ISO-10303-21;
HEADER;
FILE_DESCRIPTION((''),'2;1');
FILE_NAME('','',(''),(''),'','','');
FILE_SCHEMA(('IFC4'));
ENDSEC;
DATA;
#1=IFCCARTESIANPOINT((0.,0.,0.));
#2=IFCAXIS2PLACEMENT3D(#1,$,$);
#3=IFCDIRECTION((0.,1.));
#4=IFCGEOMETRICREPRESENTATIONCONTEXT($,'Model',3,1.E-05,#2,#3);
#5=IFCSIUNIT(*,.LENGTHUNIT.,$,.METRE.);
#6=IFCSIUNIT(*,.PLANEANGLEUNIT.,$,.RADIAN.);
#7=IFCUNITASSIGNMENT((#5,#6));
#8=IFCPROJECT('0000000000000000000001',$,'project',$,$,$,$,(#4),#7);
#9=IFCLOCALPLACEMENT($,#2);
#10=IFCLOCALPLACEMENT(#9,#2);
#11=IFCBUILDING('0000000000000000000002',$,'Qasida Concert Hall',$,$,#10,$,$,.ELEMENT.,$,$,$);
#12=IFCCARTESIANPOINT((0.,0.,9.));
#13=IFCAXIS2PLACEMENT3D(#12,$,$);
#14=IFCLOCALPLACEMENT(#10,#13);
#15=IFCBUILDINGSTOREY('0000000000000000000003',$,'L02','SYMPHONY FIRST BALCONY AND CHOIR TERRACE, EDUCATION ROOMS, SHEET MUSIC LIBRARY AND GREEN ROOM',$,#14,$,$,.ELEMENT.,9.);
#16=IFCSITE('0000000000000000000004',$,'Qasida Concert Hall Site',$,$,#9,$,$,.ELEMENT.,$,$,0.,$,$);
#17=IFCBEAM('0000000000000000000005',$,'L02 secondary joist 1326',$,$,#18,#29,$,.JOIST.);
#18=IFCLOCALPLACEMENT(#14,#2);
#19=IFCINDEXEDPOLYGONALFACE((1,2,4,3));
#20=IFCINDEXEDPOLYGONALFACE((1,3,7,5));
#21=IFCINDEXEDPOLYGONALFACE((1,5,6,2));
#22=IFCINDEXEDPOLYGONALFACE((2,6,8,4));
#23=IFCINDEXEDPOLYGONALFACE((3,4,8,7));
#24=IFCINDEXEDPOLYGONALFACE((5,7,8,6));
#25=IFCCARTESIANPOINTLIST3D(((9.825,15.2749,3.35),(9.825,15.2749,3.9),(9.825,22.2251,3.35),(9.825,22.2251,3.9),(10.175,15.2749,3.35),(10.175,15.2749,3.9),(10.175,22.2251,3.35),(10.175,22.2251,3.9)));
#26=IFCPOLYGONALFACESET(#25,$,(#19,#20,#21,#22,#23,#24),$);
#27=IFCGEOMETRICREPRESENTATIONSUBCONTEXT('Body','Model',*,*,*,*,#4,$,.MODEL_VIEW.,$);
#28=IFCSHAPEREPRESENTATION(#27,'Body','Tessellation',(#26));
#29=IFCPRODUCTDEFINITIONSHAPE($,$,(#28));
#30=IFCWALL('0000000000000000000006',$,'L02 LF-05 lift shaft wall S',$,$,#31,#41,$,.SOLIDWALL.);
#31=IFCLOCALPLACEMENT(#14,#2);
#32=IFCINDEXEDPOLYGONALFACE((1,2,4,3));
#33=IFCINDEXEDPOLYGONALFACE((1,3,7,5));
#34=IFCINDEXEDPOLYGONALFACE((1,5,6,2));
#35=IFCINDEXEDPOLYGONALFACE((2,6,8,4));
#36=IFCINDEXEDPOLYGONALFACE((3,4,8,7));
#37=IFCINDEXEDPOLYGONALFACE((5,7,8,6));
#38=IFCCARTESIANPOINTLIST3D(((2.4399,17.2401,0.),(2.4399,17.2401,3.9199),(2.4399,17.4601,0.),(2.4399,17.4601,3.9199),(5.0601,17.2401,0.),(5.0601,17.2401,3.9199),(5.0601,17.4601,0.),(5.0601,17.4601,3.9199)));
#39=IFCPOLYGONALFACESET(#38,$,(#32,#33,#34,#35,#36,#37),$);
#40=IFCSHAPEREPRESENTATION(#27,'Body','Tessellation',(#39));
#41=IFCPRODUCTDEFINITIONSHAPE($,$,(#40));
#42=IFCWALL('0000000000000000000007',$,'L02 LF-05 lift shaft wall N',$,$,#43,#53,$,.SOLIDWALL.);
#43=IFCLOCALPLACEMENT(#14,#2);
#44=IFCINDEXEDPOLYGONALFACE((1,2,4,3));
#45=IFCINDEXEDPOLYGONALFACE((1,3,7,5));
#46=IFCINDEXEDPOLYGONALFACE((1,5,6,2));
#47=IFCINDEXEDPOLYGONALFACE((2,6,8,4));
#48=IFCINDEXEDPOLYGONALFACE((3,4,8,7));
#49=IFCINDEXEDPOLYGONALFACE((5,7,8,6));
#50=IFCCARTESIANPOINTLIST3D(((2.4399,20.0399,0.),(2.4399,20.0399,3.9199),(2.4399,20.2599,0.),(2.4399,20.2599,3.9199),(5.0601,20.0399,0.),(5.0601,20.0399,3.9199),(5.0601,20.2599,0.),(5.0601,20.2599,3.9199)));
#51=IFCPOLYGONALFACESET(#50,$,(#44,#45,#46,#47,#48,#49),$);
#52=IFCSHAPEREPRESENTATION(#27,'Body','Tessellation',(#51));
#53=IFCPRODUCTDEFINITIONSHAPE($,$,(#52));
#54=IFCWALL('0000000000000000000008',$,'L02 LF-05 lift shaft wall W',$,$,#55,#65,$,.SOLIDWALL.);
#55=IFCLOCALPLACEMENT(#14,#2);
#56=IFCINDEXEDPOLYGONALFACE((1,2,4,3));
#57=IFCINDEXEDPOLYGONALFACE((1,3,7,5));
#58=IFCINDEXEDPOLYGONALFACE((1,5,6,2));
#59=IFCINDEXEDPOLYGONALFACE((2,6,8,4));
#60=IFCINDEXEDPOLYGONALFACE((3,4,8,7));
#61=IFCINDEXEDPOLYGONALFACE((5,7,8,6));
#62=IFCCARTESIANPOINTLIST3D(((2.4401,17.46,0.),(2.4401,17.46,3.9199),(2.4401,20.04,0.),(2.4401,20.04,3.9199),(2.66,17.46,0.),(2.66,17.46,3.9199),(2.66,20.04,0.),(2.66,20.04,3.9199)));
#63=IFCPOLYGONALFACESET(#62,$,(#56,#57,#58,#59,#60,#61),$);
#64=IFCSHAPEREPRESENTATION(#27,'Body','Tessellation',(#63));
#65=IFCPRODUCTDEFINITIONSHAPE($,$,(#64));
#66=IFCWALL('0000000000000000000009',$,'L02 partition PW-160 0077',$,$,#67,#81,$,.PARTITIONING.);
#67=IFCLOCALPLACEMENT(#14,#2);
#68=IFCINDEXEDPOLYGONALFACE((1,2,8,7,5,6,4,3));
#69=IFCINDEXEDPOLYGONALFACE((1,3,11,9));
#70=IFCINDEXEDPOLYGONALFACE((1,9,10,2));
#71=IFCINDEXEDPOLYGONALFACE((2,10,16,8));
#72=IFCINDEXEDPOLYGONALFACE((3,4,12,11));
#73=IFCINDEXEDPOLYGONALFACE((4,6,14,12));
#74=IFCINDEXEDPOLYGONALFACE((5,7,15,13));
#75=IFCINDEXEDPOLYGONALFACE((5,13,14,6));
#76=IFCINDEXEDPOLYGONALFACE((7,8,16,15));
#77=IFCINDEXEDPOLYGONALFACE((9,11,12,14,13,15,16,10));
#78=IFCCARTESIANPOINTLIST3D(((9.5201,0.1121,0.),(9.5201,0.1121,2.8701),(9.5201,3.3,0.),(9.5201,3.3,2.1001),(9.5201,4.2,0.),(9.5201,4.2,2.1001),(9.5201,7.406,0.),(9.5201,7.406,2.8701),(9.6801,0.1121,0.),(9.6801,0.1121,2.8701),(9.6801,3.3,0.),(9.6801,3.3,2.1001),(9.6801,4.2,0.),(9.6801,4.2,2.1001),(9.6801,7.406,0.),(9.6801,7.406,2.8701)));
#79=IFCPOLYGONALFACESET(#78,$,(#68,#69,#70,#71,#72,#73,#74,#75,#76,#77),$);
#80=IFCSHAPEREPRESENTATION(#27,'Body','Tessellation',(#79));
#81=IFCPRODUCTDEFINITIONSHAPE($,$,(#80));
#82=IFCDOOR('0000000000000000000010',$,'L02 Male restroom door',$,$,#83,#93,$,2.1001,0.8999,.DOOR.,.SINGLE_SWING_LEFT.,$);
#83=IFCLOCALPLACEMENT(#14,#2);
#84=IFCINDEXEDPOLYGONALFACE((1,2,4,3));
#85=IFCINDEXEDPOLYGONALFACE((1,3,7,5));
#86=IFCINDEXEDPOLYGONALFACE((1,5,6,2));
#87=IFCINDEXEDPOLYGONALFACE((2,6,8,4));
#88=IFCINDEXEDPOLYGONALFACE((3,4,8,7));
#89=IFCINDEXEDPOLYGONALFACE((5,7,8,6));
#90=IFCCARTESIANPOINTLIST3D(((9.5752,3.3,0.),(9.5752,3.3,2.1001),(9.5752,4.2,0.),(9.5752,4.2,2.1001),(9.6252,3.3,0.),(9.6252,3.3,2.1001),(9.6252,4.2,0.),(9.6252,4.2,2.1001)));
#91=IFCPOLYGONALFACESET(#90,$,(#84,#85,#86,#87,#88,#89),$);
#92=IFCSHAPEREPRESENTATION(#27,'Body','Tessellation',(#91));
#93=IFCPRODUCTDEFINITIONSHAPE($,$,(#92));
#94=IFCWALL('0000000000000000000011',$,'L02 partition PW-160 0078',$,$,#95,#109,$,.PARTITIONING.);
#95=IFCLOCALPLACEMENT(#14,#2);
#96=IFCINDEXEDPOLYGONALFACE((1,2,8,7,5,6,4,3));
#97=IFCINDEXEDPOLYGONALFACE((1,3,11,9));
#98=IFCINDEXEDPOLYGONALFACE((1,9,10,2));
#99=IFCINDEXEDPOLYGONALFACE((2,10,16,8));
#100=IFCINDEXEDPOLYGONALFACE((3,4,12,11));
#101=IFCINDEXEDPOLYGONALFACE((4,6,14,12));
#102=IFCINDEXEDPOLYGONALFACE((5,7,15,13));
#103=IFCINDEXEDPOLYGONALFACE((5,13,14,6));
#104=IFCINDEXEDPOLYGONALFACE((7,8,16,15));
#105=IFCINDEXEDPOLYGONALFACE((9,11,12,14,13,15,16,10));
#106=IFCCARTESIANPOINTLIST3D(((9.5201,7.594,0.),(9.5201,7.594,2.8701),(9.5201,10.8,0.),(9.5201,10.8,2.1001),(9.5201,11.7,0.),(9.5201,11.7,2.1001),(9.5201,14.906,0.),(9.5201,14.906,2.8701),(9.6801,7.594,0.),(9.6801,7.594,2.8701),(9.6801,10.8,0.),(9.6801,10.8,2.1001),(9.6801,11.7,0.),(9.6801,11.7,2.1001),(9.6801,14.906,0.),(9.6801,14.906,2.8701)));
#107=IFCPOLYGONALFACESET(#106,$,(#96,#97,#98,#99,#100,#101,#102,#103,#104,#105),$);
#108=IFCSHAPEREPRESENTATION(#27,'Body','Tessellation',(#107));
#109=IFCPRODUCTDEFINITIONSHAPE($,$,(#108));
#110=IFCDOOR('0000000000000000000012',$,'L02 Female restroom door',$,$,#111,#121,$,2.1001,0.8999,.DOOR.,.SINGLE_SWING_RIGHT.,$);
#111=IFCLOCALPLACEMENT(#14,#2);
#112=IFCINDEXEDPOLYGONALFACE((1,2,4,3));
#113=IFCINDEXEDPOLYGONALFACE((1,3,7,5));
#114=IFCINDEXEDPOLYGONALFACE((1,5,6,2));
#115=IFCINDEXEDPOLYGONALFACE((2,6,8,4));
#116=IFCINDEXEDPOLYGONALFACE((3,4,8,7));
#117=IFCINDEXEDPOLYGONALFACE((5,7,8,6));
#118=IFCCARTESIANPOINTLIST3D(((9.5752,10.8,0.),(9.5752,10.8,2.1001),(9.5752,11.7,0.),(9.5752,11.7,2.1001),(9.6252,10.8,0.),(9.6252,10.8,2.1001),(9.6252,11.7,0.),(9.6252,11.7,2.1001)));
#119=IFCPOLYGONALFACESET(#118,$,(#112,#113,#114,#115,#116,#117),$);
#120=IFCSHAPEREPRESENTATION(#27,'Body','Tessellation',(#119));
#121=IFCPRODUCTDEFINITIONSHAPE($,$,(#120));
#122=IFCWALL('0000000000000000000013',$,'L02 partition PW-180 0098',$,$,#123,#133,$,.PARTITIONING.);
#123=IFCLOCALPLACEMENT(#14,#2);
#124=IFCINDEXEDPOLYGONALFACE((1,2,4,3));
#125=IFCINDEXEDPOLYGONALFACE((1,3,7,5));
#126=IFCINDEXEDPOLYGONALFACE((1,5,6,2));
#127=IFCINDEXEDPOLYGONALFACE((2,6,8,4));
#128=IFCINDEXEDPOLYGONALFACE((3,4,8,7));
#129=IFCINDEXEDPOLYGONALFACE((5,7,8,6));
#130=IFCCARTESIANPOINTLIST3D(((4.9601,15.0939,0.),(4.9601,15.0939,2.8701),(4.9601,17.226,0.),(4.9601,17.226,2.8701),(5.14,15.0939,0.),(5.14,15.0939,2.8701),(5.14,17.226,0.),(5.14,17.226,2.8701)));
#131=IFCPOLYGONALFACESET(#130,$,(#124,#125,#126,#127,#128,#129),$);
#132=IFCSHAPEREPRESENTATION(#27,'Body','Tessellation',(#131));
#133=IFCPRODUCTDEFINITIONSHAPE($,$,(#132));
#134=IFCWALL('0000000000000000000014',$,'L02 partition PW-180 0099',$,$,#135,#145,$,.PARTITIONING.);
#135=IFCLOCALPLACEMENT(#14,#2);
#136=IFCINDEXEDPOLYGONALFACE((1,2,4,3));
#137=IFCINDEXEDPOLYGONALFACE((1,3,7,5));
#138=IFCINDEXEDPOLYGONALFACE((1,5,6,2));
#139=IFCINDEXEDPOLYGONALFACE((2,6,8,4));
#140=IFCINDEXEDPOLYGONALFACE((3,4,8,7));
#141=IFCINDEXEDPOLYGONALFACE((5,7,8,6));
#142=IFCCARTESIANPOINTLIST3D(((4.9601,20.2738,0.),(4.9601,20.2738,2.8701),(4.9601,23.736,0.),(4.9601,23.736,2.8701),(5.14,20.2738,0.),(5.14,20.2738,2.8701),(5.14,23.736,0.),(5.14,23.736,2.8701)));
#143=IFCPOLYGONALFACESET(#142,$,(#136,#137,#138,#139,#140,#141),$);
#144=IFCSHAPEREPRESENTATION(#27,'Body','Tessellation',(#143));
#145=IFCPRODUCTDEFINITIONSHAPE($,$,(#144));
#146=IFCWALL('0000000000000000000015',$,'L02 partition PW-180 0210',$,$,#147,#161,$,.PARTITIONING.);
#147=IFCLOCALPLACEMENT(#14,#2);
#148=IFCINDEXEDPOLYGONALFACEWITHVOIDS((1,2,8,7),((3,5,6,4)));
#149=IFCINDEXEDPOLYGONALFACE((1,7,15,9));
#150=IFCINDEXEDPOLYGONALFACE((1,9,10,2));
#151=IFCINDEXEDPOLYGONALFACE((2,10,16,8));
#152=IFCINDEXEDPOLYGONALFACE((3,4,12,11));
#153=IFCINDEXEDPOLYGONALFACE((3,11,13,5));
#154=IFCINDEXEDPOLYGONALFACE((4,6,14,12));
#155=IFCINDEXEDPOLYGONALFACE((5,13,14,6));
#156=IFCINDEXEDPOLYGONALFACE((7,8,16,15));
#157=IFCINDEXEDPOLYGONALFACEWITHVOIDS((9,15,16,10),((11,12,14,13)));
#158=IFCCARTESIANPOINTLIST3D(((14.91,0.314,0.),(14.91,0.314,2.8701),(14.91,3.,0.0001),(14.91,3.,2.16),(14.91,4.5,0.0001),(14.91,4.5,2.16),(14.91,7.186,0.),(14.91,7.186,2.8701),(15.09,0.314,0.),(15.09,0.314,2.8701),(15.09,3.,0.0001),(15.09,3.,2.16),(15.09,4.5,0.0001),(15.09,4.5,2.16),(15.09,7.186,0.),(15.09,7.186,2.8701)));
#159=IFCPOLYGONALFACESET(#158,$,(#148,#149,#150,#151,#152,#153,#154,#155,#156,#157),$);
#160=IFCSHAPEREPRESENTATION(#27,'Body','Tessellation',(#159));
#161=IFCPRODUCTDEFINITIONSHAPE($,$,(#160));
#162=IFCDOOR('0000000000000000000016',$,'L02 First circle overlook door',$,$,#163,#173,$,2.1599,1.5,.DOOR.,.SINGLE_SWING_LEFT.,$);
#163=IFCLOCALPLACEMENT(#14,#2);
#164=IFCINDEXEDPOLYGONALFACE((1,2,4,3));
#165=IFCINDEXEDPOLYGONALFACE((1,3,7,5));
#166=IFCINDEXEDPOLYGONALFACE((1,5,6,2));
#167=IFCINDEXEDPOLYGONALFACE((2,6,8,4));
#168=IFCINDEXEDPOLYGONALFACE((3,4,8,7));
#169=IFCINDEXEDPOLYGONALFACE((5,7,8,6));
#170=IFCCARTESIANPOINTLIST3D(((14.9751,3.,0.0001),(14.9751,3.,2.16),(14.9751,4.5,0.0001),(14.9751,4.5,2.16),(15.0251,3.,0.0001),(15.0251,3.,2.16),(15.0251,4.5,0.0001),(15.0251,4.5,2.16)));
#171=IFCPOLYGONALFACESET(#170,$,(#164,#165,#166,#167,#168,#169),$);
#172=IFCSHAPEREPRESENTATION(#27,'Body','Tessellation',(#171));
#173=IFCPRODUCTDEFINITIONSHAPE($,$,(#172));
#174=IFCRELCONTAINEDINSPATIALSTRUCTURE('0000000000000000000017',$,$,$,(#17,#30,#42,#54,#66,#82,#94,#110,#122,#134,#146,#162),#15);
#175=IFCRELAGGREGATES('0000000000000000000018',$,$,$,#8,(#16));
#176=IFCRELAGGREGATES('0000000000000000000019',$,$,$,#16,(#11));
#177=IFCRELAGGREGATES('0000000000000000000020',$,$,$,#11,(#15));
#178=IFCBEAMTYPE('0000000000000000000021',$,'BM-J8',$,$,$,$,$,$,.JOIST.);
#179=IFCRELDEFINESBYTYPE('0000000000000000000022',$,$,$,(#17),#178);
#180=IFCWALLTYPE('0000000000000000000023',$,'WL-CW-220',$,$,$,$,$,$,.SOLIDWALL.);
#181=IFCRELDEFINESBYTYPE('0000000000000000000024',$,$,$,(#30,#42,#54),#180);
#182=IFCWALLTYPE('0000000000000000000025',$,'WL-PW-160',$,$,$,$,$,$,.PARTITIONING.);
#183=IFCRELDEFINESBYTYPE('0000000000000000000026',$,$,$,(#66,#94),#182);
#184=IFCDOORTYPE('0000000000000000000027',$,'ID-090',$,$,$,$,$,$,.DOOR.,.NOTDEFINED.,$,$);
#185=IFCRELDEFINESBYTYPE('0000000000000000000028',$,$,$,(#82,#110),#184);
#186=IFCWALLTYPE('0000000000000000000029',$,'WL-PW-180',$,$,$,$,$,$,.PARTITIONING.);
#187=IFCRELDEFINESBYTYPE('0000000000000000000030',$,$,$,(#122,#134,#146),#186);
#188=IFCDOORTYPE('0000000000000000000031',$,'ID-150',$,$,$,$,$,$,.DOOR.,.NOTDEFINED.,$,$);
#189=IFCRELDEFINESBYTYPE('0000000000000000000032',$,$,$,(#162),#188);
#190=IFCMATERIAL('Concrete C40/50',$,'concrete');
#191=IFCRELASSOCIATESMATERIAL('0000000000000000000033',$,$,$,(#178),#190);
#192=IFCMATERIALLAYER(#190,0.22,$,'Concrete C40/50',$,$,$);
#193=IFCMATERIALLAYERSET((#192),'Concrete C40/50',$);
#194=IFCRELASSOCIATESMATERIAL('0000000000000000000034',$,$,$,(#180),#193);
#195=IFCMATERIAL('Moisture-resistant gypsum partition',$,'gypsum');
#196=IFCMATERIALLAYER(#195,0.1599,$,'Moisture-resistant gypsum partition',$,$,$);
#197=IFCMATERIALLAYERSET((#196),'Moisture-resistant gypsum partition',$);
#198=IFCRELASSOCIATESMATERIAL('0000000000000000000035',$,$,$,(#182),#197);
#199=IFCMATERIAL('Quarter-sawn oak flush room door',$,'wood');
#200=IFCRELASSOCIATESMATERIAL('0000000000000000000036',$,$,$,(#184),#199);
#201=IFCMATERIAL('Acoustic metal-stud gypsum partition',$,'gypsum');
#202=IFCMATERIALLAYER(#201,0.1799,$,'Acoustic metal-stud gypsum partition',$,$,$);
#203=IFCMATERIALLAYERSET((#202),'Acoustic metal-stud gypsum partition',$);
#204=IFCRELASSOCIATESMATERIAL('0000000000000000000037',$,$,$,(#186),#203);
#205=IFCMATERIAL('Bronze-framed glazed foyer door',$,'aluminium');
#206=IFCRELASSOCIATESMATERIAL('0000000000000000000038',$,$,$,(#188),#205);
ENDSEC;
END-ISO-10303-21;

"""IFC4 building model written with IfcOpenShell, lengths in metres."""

from ifc_helpers import new_model, si_unit, direction, frame, frame_2d, origin, origin_2d, place, context, subcontext, project, spatial, rectangle, extrude, material, layer, layer_set, material_profile, profile_set, type_object, element, fill, save


model = new_model("IFC4")

# Units and contexts
model_context = context("Model", 3, precision=1e-05, world=origin(), true_north=direction((0.0, 1.0)))
body_context = subcontext(model_context, "Body", "Model", "MODEL_VIEW")
ifc_project = project(units=[si_unit("LENGTHUNIT", "METRE"), si_unit("PLANEANGLEUNIT", "RADIAN")], contexts=[model_context])

# Site, building, storey
site_placement = place(None, origin())
site = spatial("IfcSite", under=ifc_project, at=site_placement, Name="Qasida Concert Hall Site", CompositionType="ELEMENT", RefElevation=0.0)
building_placement = place(site_placement, origin())
building = spatial("IfcBuilding", under=site, at=building_placement, Name="Qasida Concert Hall", CompositionType="ELEMENT")
storey_placement = place(building_placement, frame((0.0, 0.0, 9.0)))
storey = spatial("IfcBuildingStorey", under=building, at=storey_placement, Name="L02", Description="SYMPHONY FIRST BALCONY AND CHOIR TERRACE, EDUCATION ROOMS, SHEET MUSIC LIBRARY AND GREEN ROOM", CompositionType="ELEMENT", Elevation=9.0)

# Beam
ifc_material_1 = material(Name="Concrete C40/50", Category="concrete")
ifc_material_profile_1 = material_profile(ifc_material_1, rectangle(XDim=0.3501, YDim=0.55, at=origin_2d()), Name="RC 350x550")
ifc_profile_set_1 = profile_set([ifc_material_profile_1], Name="Concrete C40/50")
beam_type_1 = type_object("IfcBeamType", Name="BM-J8", PredefinedType="JOIST", material=ifc_profile_set_1)
beam_1_placement = place(storey_placement, frame((10.0, 15.2749, 3.625), z_axis=(0.0, 1.0, 0.0), x_axis=(-1.0, 0.0, 0.0)))
element("IfcBeam", 1, at=beam_1_placement, inside=storey, type_object=beam_type_1, Name="L02 secondary joist 1326", PredefinedType="JOIST", context=body_context, shape_type="SweptSolid", body=[
    extrude(rectangle(XDim=0.3501, YDim=0.55, at=origin_2d()), origin(), (0.0, 0.0, 1.0), 6.9502),
])

# Walls
ifc_layer_1 = layer(ifc_material_1, 0.22, Name="Concrete C40/50")
ifc_layer_set_1 = layer_set([ifc_layer_1], Name="Concrete C40/50")
wall_type_1 = type_object("IfcWallType", Name="WL-CW-220", PredefinedType="SOLIDWALL", material=ifc_layer_set_1)
for number, where, z_axis, x_axis, name in (
    (2, (2.4399, 17.3501, 0.0), (0.0, 0.0, 1.0), (1.0, 0.0, 0.0), "L02 LF-05 lift shaft wall S"),
    (3, (2.4399, 20.1499, 0.0), (0.0, 0.0, 1.0), (1.0, 0.0, 0.0), "L02 LF-05 lift shaft wall N"),
):
    element("IfcWall", number, at=place(storey_placement, frame(where, z_axis=z_axis, x_axis=x_axis)), inside=storey, type_object=wall_type_1, Name=name, PredefinedType="SOLIDWALL", context=body_context, shape_type="SweptSolid", body=[
        extrude(rectangle(XDim=2.6201, YDim=0.22, at=frame_2d((1.3101, 0.0))), origin(), (0.0, 0.0, 1.0), 3.9199),
    ])
wall_1_placement = place(storey_placement, frame((2.55, 17.46, 0.0), z_axis=(0.0, 0.0, 1.0), x_axis=(0.0, 1.0, 0.0)))
element("IfcWall", 4, at=wall_1_placement, inside=storey, type_object=wall_type_1, Name="L02 LF-05 lift shaft wall W", PredefinedType="SOLIDWALL", context=body_context, shape_type="SweptSolid", body=[
    extrude(rectangle(XDim=2.5801, YDim=0.22, at=frame_2d((1.29, 0.0))), origin(), (0.0, 0.0, 1.0), 3.9199),
])

# Walls, openings, doors
ifc_material_2 = material(Name="Moisture-resistant gypsum partition", Category="gypsum")
ifc_layer_2 = layer(ifc_material_2, 0.1599, Name="Moisture-resistant gypsum partition")
ifc_layer_set_2 = layer_set([ifc_layer_2], Name="Moisture-resistant gypsum partition")
wall_type_2 = type_object("IfcWallType", Name="WL-PW-160", PredefinedType="PARTITIONING", material=ifc_layer_set_2)
wall_2_placement = place(storey_placement, frame((9.6001, 0.1121, 0.0), z_axis=(0.0, 0.0, 1.0), x_axis=(0.0, 1.0, 0.0)))
wall_2 = element("IfcWall", 5, at=wall_2_placement, inside=storey, type_object=wall_type_2, Name="L02 partition PW-160 0077", PredefinedType="PARTITIONING", context=body_context, shape_type="SweptSolid", body=[
    extrude(rectangle(XDim=7.2939, YDim=0.1599, at=frame_2d((3.647, 0.0))), origin(), (0.0, 0.0, 1.0), 2.8701),
])
opening_1_placement = place(wall_2_placement, frame((3.188, 0.0, 0.0)))
opening_1 = element("IfcOpeningElement", 6, at=opening_1_placement, cuts=wall_2, PredefinedType="OPENING", context=body_context, shape_type="SweptSolid", body=[
    extrude(rectangle(XDim=0.8999, YDim=2.1001, at=frame_2d((0.45, 1.05))), frame((0.0, 0.0898, 0.0), z_axis=(0.0, -1.0, 0.0), x_axis=(1.0, 0.0, 0.0)), (0.0, 0.0, 1.0), 0.1799),
])
ifc_material_3 = material(Name="Quarter-sawn oak flush room door", Category="wood")
door_type_1 = type_object("IfcDoorType", Name="ID-090", OperationType="NOTDEFINED", PredefinedType="DOOR", material=ifc_material_3)
door_1_placement = place(opening_1_placement, origin())
door_1 = element("IfcDoor", 7, at=door_1_placement, inside=storey, type_object=door_type_1, Name="L02 Male restroom door", OperationType="SINGLE_SWING_LEFT", OverallHeight=2.1001, OverallWidth=0.8999, PredefinedType="DOOR", context=body_context, shape_type="SweptSolid", body=[
    extrude(rectangle(XDim=0.8999, YDim=2.1001, at=frame_2d((0.45, 1.05))), frame((0.0, 0.0249, 0.0), z_axis=(0.0, -1.0, 0.0), x_axis=(1.0, 0.0, 0.0)), (0.0, 0.0, 1.0), 0.05),
])
fill(opening_1, door_1)
wall_3_placement = place(storey_placement, frame((9.6001, 7.594, 0.0), z_axis=(0.0, 0.0, 1.0), x_axis=(0.0, 1.0, 0.0)))
wall_3 = element("IfcWall", 8, at=wall_3_placement, inside=storey, type_object=wall_type_2, Name="L02 partition PW-160 0078", PredefinedType="PARTITIONING", context=body_context, shape_type="SweptSolid", body=[
    extrude(rectangle(XDim=7.312, YDim=0.1599, at=frame_2d((3.656, 0.0))), origin(), (0.0, 0.0, 1.0), 2.8701),
])
opening_2_placement = place(wall_3_placement, frame((3.2061, 0.0, 0.0)))
opening_2 = element("IfcOpeningElement", 9, at=opening_2_placement, cuts=wall_3, PredefinedType="OPENING", context=body_context, shape_type="SweptSolid", body=[
    extrude(rectangle(XDim=0.8999, YDim=2.1001, at=frame_2d((0.45, 1.05))), frame((0.0, 0.0898, 0.0), z_axis=(0.0, -1.0, 0.0), x_axis=(1.0, 0.0, 0.0)), (0.0, 0.0, 1.0), 0.1799),
])
door_2_placement = place(opening_2_placement, origin())
door_2 = element("IfcDoor", 10, at=door_2_placement, inside=storey, type_object=door_type_1, Name="L02 Female restroom door", OperationType="SINGLE_SWING_RIGHT", OverallHeight=2.1001, OverallWidth=0.8999, PredefinedType="DOOR", context=body_context, shape_type="SweptSolid", body=[
    extrude(rectangle(XDim=0.8999, YDim=2.1001, at=frame_2d((0.45, 1.05))), frame((0.0, 0.0249, 0.0), z_axis=(0.0, -1.0, 0.0), x_axis=(1.0, 0.0, 0.0)), (0.0, 0.0, 1.0), 0.05),
])
fill(opening_2, door_2)

# Walls
ifc_material_4 = material(Name="Acoustic metal-stud gypsum partition", Category="gypsum")
ifc_layer_3 = layer(ifc_material_4, 0.1799, Name="Acoustic metal-stud gypsum partition")
ifc_layer_set_3 = layer_set([ifc_layer_3], Name="Acoustic metal-stud gypsum partition")
wall_type_3 = type_object("IfcWallType", Name="WL-PW-180", PredefinedType="PARTITIONING", material=ifc_layer_set_3)
wall_4_placement = place(storey_placement, frame((5.05, 15.094, 0.0), z_axis=(0.0, 0.0, 1.0), x_axis=(0.0, 1.0, 0.0)))
element("IfcWall", 11, at=wall_4_placement, inside=storey, type_object=wall_type_3, Name="L02 partition PW-180 0098", PredefinedType="PARTITIONING", context=body_context, shape_type="SweptSolid", body=[
    extrude(rectangle(XDim=2.1321, YDim=0.1799, at=frame_2d((1.0659, 0.0))), origin(), (0.0, 0.0, 1.0), 2.8701),
])
wall_5_placement = place(storey_placement, frame((5.05, 20.2739, 0.0), z_axis=(0.0, 0.0, 1.0), x_axis=(0.0, 1.0, 0.0)))
element("IfcWall", 12, at=wall_5_placement, inside=storey, type_object=wall_type_3, Name="L02 partition PW-180 0099", PredefinedType="PARTITIONING", context=body_context, shape_type="SweptSolid", body=[
    extrude(rectangle(XDim=3.4622, YDim=0.1799, at=frame_2d((1.731, 0.0))), origin(), (0.0, 0.0, 1.0), 2.8701),
])

# Wall, opening, door
wall_6_placement = place(storey_placement, frame((15.0, 0.314, 0.0), z_axis=(0.0, 0.0, 1.0), x_axis=(0.0, 1.0, 0.0)))
wall_6 = element("IfcWall", 13, at=wall_6_placement, inside=storey, type_object=wall_type_3, Name="L02 partition PW-180 0210", PredefinedType="PARTITIONING", context=body_context, shape_type="SweptSolid", body=[
    extrude(rectangle(XDim=6.8721, YDim=0.1799, at=frame_2d((3.436, 0.0))), origin(), (0.0, 0.0, 1.0), 2.8701),
])
opening_3_placement = place(wall_6_placement, frame((2.686, 0.0, 0.0)))
opening_3 = element("IfcOpeningElement", 14, at=opening_3_placement, cuts=wall_6, PredefinedType="OPENING", context=body_context, shape_type="SweptSolid", body=[
    extrude(rectangle(XDim=1.5, YDim=2.1599, at=frame_2d((0.75, 1.0801))), frame((0.0, 0.0999, 0.0), z_axis=(0.0, -1.0, 0.0), x_axis=(1.0, 0.0, 0.0)), (0.0, 0.0, 1.0), 0.2),
])
ifc_material_5 = material(Name="Bronze-framed glazed foyer door", Category="aluminium")
door_type_2 = type_object("IfcDoorType", Name="ID-150", OperationType="NOTDEFINED", PredefinedType="DOOR", material=ifc_material_5)
door_3_placement = place(opening_3_placement, origin())
door_3 = element("IfcDoor", 15, at=door_3_placement, inside=storey, type_object=door_type_2, Name="L02 First circle overlook door", OperationType="SINGLE_SWING_LEFT", OverallHeight=2.1599, OverallWidth=1.5, PredefinedType="DOOR", context=body_context, shape_type="SweptSolid", body=[
    extrude(rectangle(XDim=1.5, YDim=2.1599, at=frame_2d((0.75, 1.0801))), frame((0.0, 0.0249, 0.0), z_axis=(0.0, -1.0, 0.0), x_axis=(1.0, 0.0, 0.0)), (0.0, 0.0, 1.0), 0.05),
])
fill(opening_3, door_3)

save(model, "model.ifc")
